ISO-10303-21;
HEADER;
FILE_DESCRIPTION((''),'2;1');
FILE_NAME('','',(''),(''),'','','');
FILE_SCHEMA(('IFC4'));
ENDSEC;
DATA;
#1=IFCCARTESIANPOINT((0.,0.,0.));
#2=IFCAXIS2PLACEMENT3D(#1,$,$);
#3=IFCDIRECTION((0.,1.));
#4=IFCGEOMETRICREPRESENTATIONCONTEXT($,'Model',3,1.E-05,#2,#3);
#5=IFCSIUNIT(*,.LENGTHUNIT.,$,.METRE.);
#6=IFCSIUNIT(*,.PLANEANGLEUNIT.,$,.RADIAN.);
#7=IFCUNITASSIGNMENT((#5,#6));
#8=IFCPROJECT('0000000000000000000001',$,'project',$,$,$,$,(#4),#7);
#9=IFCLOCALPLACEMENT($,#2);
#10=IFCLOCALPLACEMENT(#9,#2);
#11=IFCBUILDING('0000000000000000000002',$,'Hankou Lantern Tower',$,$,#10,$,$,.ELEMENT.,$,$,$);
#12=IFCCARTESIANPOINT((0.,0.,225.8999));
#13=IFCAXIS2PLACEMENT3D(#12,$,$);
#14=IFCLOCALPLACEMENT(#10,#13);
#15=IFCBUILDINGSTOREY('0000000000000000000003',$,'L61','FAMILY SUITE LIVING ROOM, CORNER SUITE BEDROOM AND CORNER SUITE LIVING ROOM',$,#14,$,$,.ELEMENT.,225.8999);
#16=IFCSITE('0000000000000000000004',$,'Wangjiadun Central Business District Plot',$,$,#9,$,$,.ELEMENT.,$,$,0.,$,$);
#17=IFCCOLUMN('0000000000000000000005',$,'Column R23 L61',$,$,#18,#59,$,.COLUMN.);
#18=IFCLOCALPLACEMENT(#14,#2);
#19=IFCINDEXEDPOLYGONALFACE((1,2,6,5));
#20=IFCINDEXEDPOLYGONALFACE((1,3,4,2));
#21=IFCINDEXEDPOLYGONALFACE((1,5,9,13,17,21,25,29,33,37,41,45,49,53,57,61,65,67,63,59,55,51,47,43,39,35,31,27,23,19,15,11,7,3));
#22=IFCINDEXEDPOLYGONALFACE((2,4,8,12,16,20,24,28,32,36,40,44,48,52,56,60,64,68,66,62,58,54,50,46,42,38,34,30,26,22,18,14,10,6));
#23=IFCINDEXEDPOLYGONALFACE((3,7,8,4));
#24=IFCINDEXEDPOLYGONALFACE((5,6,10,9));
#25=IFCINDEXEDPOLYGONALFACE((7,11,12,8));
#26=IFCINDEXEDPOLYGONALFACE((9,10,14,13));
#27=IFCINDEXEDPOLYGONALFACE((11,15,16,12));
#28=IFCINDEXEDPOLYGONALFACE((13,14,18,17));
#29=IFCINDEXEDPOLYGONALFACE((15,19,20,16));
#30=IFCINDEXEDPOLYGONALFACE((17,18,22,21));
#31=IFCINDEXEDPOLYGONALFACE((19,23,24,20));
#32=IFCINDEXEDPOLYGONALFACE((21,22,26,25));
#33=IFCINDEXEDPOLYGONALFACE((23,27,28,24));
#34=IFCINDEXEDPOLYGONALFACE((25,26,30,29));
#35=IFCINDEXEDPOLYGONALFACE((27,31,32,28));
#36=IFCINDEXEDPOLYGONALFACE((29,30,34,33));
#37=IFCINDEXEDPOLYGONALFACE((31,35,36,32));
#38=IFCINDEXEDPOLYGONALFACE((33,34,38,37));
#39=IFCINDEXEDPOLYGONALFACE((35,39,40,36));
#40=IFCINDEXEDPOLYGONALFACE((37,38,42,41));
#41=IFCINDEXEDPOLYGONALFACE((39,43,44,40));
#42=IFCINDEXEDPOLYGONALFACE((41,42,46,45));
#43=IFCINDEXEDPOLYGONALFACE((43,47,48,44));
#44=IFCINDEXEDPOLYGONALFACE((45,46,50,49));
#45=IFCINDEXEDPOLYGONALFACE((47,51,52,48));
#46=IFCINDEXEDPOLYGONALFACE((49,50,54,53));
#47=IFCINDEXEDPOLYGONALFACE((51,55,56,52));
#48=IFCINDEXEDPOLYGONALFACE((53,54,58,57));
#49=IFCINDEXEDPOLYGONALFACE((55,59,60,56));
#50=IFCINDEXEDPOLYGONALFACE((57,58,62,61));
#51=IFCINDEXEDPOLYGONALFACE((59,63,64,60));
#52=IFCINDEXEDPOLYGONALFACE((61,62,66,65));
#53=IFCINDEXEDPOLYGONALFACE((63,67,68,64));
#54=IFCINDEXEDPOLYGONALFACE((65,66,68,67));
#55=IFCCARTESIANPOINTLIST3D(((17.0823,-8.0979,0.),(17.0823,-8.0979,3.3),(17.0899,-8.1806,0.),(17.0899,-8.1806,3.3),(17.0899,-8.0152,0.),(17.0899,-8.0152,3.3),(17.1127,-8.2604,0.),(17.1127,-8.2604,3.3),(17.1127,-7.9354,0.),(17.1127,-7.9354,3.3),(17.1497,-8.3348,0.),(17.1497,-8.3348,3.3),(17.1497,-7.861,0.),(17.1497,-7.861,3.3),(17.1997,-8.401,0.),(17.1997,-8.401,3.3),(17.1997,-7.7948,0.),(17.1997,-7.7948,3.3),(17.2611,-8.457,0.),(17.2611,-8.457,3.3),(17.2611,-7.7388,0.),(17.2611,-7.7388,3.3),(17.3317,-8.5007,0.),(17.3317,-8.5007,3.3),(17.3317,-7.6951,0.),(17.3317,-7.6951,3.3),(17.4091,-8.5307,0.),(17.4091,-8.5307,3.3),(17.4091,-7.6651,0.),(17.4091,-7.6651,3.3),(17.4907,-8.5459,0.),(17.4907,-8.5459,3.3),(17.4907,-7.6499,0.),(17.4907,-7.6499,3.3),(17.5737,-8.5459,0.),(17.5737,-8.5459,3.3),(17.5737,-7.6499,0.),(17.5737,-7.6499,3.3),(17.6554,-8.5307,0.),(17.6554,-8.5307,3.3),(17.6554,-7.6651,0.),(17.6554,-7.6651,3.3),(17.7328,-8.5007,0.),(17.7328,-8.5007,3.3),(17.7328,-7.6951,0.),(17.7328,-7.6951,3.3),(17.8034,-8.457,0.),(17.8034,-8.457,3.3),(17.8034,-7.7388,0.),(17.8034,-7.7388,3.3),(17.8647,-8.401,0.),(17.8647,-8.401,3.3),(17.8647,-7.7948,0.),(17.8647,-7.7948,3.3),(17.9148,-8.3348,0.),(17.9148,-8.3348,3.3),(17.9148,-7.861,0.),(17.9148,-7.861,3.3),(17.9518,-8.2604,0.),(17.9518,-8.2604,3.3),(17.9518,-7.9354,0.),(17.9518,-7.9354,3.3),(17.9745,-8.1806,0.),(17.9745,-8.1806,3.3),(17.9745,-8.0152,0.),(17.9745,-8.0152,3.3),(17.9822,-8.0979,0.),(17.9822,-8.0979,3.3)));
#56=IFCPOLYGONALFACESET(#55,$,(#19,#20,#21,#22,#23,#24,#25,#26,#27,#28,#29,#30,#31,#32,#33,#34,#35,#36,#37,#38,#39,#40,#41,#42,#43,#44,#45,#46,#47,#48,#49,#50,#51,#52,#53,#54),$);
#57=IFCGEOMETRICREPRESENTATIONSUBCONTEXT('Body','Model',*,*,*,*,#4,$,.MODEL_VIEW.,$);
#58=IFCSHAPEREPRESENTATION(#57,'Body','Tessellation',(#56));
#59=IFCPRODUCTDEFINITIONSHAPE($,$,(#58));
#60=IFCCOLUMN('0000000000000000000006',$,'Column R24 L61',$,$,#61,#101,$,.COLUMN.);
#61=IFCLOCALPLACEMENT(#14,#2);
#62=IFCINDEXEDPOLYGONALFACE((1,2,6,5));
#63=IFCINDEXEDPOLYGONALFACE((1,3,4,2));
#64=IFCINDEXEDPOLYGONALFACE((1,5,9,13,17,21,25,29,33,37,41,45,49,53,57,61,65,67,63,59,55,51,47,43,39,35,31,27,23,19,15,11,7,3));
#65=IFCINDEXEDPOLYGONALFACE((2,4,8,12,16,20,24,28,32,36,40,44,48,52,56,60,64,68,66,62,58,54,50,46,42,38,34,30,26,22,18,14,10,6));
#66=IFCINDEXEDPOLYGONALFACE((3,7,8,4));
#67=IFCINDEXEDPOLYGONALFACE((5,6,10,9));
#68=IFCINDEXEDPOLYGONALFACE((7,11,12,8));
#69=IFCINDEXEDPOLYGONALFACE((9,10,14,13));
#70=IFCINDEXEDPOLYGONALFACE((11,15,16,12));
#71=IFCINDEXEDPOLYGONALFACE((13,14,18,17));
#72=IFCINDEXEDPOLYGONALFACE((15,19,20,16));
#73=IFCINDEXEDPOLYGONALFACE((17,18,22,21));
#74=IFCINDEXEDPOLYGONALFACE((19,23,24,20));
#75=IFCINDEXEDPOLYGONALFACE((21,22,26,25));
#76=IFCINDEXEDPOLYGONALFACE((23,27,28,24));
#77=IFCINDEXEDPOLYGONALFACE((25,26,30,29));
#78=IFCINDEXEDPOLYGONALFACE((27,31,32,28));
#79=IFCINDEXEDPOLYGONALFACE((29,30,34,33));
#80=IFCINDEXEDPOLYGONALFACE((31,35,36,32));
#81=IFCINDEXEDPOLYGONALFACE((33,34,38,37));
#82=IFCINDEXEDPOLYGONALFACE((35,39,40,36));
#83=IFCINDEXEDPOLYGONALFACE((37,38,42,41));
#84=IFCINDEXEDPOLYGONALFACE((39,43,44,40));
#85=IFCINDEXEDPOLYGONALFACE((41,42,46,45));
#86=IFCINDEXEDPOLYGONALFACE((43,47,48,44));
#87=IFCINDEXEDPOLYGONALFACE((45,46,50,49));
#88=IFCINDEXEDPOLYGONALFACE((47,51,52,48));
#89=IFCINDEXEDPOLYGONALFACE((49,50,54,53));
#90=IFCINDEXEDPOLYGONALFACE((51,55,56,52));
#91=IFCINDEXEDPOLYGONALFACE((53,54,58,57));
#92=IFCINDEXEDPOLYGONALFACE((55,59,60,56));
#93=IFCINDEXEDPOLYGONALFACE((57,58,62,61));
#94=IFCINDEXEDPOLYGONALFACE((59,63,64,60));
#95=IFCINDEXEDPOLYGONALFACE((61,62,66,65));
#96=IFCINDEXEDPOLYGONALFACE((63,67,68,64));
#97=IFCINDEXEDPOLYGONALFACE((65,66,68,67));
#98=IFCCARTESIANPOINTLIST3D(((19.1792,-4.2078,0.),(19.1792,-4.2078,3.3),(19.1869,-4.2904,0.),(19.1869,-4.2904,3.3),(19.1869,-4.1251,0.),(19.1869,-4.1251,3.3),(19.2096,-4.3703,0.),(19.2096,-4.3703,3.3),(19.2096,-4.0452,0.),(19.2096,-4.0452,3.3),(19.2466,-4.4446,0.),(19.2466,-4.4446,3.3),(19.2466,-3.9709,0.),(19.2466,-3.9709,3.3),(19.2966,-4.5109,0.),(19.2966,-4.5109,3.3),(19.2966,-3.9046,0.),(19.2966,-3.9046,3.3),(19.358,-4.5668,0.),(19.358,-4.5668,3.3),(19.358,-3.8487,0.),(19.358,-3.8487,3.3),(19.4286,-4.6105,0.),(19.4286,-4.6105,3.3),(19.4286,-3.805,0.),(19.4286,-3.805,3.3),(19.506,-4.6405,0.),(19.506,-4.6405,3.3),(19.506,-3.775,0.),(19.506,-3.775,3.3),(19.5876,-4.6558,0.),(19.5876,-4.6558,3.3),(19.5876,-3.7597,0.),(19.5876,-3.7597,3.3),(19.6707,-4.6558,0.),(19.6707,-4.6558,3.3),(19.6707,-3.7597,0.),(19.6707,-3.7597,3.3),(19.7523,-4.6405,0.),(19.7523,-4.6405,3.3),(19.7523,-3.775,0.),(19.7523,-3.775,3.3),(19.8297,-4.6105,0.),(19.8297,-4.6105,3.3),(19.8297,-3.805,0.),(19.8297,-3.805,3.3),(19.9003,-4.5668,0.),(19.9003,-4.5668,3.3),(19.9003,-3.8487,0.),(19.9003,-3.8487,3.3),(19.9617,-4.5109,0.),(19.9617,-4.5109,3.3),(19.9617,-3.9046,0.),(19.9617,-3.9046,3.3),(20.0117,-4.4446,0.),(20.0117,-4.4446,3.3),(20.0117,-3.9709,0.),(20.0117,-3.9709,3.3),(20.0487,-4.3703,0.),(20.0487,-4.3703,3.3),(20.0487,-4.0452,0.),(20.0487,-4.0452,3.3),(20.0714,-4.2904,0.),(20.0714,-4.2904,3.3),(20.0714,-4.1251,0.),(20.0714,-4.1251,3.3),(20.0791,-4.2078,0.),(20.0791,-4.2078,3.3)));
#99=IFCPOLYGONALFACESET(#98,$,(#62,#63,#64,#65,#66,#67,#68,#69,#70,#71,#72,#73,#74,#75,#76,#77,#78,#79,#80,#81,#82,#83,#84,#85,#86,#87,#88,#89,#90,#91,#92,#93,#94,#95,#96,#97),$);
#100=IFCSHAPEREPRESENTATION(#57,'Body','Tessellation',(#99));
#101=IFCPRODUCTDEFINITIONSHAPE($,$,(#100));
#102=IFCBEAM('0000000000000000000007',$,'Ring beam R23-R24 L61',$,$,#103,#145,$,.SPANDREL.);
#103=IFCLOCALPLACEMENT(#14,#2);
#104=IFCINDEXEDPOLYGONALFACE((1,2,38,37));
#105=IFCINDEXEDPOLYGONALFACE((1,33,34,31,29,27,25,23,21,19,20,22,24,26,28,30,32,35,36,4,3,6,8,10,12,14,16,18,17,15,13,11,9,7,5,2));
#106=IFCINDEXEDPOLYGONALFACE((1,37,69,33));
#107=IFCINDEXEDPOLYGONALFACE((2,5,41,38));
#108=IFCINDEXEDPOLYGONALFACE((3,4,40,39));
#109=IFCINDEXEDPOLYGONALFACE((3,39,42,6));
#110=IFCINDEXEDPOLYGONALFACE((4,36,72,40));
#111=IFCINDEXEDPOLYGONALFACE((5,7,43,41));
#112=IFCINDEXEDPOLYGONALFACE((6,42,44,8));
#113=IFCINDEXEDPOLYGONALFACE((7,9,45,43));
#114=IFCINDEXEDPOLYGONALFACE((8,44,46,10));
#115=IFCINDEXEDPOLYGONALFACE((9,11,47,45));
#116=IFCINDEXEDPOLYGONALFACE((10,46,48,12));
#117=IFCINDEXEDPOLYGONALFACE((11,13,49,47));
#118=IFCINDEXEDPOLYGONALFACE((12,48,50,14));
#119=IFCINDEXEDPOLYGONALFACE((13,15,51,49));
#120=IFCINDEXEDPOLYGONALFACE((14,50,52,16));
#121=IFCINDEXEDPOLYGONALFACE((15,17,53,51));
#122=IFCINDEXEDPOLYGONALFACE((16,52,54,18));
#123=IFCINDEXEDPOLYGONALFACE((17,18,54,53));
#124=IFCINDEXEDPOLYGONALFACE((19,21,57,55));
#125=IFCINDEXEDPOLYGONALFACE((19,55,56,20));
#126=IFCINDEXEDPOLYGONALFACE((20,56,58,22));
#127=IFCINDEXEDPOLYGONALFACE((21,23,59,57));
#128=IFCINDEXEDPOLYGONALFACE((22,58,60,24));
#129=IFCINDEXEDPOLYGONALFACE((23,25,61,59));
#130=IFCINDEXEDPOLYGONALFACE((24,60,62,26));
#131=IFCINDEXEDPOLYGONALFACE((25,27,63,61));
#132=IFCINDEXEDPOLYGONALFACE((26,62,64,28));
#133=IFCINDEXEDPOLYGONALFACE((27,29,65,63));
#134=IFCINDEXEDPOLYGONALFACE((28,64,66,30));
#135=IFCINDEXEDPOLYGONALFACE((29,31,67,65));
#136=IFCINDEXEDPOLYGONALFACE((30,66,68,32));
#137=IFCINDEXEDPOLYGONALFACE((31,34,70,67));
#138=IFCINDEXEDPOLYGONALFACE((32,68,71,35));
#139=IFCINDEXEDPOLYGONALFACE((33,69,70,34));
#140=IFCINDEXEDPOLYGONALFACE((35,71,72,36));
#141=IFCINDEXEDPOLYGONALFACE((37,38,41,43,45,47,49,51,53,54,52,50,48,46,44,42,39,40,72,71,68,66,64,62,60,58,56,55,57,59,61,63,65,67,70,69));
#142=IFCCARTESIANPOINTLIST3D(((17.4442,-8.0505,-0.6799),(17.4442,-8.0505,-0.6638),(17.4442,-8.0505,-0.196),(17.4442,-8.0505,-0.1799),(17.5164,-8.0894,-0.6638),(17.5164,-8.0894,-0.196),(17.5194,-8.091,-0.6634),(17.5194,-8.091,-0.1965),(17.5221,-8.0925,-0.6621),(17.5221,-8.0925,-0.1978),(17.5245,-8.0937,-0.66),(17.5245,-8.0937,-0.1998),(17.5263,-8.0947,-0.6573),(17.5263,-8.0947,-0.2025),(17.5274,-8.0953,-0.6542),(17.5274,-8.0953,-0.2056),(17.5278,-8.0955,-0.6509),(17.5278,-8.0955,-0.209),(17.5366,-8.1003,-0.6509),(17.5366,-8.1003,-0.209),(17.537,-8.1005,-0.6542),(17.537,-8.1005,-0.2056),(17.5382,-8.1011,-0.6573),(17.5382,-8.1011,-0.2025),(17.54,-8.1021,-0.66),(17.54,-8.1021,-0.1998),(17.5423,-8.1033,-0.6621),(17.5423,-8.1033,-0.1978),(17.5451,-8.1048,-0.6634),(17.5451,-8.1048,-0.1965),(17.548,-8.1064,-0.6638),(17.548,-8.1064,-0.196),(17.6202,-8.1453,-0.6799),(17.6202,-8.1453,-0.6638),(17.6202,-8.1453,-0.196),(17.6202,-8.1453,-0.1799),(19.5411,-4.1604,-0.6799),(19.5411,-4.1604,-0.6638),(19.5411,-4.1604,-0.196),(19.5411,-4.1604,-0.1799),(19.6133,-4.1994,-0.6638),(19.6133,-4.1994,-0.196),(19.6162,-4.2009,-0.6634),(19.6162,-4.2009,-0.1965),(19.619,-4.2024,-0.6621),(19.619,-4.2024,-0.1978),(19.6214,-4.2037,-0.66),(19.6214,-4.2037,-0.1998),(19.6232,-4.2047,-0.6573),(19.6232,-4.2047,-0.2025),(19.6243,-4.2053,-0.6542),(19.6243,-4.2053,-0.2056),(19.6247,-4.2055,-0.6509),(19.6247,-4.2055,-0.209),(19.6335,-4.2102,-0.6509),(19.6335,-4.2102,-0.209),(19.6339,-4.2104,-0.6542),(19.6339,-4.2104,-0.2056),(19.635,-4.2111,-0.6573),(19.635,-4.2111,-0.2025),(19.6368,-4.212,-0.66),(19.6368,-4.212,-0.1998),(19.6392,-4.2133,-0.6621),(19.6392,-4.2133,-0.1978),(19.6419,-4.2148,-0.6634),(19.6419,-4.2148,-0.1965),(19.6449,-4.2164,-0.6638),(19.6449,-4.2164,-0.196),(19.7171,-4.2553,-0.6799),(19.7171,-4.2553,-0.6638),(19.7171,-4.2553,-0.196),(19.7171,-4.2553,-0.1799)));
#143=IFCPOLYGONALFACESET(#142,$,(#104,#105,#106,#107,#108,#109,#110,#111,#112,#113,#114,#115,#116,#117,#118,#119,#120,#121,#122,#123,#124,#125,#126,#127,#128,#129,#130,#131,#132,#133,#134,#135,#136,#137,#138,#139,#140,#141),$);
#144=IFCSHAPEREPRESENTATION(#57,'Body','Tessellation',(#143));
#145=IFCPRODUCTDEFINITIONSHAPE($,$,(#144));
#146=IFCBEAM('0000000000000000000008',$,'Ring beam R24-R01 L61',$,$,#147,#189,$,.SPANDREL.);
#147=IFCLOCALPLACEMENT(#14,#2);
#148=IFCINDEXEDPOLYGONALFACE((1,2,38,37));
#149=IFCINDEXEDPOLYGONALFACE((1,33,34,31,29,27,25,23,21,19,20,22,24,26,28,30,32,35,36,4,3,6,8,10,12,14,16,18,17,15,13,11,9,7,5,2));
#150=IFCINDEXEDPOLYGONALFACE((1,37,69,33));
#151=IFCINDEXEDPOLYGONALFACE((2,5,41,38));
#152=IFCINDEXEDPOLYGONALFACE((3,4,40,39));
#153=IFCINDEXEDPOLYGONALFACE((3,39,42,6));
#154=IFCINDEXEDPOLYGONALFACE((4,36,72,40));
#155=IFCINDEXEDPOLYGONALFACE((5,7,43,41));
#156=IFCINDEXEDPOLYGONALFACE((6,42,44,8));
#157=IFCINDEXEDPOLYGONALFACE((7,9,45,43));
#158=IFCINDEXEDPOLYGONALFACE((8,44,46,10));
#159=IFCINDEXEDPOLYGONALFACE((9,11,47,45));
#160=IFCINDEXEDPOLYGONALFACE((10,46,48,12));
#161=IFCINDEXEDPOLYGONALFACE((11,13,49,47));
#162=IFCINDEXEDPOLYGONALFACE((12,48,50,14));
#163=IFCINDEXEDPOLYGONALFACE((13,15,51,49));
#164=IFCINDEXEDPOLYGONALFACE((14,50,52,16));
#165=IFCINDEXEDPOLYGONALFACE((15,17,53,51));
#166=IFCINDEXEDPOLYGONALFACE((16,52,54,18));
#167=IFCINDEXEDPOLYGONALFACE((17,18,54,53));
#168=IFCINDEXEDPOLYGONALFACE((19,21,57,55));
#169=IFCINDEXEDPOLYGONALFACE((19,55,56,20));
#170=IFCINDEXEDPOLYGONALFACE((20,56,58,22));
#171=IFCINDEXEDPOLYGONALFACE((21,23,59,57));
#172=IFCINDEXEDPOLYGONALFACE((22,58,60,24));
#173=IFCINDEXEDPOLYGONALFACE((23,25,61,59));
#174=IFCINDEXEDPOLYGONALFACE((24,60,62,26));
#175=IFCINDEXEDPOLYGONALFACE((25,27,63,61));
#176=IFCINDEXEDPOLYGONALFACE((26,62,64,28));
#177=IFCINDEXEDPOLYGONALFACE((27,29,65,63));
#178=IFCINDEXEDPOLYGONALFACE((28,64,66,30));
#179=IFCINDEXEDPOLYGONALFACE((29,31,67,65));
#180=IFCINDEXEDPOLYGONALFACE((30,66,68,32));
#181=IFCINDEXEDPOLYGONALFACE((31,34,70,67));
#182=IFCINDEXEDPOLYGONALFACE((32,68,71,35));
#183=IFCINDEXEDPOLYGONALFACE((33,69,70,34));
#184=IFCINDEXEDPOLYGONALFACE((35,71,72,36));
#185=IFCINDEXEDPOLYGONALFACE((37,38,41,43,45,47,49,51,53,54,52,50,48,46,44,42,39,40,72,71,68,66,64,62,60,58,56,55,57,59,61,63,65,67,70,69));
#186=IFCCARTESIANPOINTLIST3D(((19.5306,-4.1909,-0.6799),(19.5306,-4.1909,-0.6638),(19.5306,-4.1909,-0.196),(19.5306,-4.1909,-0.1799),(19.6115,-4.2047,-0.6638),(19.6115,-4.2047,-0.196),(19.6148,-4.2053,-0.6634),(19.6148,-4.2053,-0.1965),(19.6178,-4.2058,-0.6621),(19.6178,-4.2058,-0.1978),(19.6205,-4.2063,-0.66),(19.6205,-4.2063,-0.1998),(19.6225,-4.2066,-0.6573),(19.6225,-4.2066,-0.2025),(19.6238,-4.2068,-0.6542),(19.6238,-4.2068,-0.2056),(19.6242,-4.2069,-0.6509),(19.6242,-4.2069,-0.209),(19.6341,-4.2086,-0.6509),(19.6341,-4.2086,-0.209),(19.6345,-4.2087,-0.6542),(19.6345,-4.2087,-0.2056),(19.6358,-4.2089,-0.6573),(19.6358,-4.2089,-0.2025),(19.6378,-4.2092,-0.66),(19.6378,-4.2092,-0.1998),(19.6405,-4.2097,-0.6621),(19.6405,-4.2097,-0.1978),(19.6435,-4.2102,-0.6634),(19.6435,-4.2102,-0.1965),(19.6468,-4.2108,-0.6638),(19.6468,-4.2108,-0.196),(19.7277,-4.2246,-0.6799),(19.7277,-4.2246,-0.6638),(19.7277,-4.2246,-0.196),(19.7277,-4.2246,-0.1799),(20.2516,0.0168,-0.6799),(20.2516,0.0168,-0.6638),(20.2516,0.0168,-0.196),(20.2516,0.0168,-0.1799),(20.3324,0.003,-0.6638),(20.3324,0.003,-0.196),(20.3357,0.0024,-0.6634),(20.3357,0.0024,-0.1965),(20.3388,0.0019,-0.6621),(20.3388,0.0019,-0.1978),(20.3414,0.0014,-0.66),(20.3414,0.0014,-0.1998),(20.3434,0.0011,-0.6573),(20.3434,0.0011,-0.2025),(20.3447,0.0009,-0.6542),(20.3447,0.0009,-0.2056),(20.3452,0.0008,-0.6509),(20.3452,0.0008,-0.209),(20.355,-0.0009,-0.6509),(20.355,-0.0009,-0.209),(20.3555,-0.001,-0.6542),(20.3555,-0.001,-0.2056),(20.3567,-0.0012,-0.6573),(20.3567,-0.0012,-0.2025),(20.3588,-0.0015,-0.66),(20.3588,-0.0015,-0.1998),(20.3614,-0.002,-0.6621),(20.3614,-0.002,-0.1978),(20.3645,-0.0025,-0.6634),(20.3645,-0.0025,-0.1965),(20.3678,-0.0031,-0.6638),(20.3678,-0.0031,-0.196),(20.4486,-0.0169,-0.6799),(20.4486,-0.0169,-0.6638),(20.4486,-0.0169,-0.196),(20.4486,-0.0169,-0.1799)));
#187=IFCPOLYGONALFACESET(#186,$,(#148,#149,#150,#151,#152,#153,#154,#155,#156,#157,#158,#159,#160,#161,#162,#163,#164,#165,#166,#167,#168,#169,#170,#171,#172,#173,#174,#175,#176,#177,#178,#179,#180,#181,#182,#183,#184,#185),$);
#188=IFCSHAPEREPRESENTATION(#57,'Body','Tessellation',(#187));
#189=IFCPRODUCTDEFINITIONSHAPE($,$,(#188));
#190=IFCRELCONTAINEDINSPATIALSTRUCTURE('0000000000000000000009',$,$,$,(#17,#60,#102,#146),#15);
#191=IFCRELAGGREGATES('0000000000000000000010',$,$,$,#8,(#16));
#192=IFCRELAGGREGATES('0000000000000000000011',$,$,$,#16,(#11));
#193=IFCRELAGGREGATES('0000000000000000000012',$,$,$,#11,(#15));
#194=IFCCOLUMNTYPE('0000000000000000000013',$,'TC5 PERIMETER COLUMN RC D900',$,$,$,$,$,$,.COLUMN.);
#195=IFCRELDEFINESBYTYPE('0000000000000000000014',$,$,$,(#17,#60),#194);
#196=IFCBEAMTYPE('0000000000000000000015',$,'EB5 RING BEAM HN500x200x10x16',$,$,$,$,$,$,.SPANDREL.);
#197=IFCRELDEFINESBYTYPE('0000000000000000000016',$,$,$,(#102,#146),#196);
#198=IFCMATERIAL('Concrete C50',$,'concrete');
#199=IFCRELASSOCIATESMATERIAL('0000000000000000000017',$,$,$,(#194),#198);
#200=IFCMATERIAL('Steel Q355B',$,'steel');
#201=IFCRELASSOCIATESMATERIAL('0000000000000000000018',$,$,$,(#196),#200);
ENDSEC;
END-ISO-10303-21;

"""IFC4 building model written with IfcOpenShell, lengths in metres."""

from ifc_helpers import new_model, si_unit, direction, frame, origin, origin_2d, place, context, subcontext, project, spatial, circle, i_section, extrude, material, material_profile, profile_set, type_object, element, save


model = new_model("IFC4")

# Units and contexts
model_context = context("Model", 3, precision=1e-05, world=origin(), true_north=direction((0.0, 1.0)))
body_context = subcontext(model_context, "Body", "Model", "MODEL_VIEW")
ifc_project = project(units=[si_unit("LENGTHUNIT", "METRE"), si_unit("PLANEANGLEUNIT", "RADIAN")], contexts=[model_context])

# Site, building, storey
site_placement = place(None, origin())
site = spatial("IfcSite", under=ifc_project, at=site_placement, Name="Wangjiadun Central Business District Plot", CompositionType="ELEMENT", RefElevation=0.0)
building_placement = place(site_placement, origin())
building = spatial("IfcBuilding", under=site, at=building_placement, Name="Hankou Lantern Tower", CompositionType="ELEMENT")
storey_placement = place(building_placement, frame((0.0, 0.0, 225.8999)))
storey = spatial("IfcBuildingStorey", under=building, at=storey_placement, Name="L61", Description="FAMILY SUITE LIVING ROOM, CORNER SUITE BEDROOM AND CORNER SUITE LIVING ROOM", CompositionType="ELEMENT", Elevation=225.8999)

# Columns
ifc_material_1 = material(Name="Concrete C50", Category="concrete")
ifc_material_profile_1 = material_profile(ifc_material_1, circle(Radius=0.45, at=origin_2d()), Name="RC D900")
ifc_profile_set_1 = profile_set([ifc_material_profile_1], Name="Concrete C50")
column_type = type_object("IfcColumnType", Name="TC5 PERIMETER COLUMN RC D900", PredefinedType="COLUMN", material=ifc_profile_set_1)
for number, where, z_axis, x_axis, name in (
    (1, (17.5322, -8.0979, 0.0), (0.0, 0.0, 1.0), (1.0, 0.0, 0.0), "Column R23 L61"),
    (2, (19.6292, -4.2078, 0.0), (0.0, 0.0, 1.0), (1.0, 0.0, 0.0), "Column R24 L61"),
):
    element("IfcColumn", number, at=place(storey_placement, frame(where, z_axis=z_axis, x_axis=x_axis)), inside=storey, type_object=column_type, Name=name, PredefinedType="COLUMN", context=body_context, shape_type="SweptSolid", body=[
        extrude(circle(Radius=0.45, at=origin_2d()), origin(), (0.0, 0.0, 1.0), 3.3),
    ])

# Beams
ifc_material_2 = material(Name="Steel Q355B", Category="steel")
ifc_material_profile_2 = material_profile(ifc_material_2, i_section(OverallWidth=0.2, OverallDepth=0.5, WebThickness=0.01, FlangeThickness=0.0161, FilletRadius=0.0129, at=origin_2d()), Name="HN500x200x10x16")
ifc_profile_set_2 = profile_set([ifc_material_profile_2], Name="Steel Q355B")
beam_type_1 = type_object("IfcBeamType", Name="EB5 RING BEAM HN500x200x10x16", PredefinedType="SPANDREL", material=ifc_profile_set_2)
beam_1_placement = place(storey_placement, frame((17.5322, -8.0979, -0.4299), z_axis=(0.474492, 0.88026, 0.0), x_axis=(-0.88026, 0.474492, 0.0)))
element("IfcBeam", 3, at=beam_1_placement, inside=storey, type_object=beam_type_1, Name="Ring beam R23-R24 L61", PredefinedType="SPANDREL", context=body_context, shape_type="SweptSolid", body=[
    extrude(i_section(OverallWidth=0.2, OverallDepth=0.5, WebThickness=0.01, FlangeThickness=0.0161, FilletRadius=0.0129, at=origin_2d()), origin(), (0.0, 0.0, 1.0), 4.4192),
])
beam_2_placement = place(storey_placement, frame((19.6292, -4.2078, -0.4299), z_axis=(0.168877, 0.985637, 0.0), x_axis=(-0.985637, 0.168877, 0.0)))
element("IfcBeam", 4, at=beam_2_placement, inside=storey, type_object=beam_type_1, Name="Ring beam R24-R01 L61", PredefinedType="SPANDREL", context=body_context, shape_type="SweptSolid", body=[
    extrude(i_section(OverallWidth=0.2, OverallDepth=0.5, WebThickness=0.01, FlangeThickness=0.0161, FilletRadius=0.0129, at=origin_2d()), origin(), (0.0, 0.0, 1.0), 4.269),
])

save(model, "model.ifc")
